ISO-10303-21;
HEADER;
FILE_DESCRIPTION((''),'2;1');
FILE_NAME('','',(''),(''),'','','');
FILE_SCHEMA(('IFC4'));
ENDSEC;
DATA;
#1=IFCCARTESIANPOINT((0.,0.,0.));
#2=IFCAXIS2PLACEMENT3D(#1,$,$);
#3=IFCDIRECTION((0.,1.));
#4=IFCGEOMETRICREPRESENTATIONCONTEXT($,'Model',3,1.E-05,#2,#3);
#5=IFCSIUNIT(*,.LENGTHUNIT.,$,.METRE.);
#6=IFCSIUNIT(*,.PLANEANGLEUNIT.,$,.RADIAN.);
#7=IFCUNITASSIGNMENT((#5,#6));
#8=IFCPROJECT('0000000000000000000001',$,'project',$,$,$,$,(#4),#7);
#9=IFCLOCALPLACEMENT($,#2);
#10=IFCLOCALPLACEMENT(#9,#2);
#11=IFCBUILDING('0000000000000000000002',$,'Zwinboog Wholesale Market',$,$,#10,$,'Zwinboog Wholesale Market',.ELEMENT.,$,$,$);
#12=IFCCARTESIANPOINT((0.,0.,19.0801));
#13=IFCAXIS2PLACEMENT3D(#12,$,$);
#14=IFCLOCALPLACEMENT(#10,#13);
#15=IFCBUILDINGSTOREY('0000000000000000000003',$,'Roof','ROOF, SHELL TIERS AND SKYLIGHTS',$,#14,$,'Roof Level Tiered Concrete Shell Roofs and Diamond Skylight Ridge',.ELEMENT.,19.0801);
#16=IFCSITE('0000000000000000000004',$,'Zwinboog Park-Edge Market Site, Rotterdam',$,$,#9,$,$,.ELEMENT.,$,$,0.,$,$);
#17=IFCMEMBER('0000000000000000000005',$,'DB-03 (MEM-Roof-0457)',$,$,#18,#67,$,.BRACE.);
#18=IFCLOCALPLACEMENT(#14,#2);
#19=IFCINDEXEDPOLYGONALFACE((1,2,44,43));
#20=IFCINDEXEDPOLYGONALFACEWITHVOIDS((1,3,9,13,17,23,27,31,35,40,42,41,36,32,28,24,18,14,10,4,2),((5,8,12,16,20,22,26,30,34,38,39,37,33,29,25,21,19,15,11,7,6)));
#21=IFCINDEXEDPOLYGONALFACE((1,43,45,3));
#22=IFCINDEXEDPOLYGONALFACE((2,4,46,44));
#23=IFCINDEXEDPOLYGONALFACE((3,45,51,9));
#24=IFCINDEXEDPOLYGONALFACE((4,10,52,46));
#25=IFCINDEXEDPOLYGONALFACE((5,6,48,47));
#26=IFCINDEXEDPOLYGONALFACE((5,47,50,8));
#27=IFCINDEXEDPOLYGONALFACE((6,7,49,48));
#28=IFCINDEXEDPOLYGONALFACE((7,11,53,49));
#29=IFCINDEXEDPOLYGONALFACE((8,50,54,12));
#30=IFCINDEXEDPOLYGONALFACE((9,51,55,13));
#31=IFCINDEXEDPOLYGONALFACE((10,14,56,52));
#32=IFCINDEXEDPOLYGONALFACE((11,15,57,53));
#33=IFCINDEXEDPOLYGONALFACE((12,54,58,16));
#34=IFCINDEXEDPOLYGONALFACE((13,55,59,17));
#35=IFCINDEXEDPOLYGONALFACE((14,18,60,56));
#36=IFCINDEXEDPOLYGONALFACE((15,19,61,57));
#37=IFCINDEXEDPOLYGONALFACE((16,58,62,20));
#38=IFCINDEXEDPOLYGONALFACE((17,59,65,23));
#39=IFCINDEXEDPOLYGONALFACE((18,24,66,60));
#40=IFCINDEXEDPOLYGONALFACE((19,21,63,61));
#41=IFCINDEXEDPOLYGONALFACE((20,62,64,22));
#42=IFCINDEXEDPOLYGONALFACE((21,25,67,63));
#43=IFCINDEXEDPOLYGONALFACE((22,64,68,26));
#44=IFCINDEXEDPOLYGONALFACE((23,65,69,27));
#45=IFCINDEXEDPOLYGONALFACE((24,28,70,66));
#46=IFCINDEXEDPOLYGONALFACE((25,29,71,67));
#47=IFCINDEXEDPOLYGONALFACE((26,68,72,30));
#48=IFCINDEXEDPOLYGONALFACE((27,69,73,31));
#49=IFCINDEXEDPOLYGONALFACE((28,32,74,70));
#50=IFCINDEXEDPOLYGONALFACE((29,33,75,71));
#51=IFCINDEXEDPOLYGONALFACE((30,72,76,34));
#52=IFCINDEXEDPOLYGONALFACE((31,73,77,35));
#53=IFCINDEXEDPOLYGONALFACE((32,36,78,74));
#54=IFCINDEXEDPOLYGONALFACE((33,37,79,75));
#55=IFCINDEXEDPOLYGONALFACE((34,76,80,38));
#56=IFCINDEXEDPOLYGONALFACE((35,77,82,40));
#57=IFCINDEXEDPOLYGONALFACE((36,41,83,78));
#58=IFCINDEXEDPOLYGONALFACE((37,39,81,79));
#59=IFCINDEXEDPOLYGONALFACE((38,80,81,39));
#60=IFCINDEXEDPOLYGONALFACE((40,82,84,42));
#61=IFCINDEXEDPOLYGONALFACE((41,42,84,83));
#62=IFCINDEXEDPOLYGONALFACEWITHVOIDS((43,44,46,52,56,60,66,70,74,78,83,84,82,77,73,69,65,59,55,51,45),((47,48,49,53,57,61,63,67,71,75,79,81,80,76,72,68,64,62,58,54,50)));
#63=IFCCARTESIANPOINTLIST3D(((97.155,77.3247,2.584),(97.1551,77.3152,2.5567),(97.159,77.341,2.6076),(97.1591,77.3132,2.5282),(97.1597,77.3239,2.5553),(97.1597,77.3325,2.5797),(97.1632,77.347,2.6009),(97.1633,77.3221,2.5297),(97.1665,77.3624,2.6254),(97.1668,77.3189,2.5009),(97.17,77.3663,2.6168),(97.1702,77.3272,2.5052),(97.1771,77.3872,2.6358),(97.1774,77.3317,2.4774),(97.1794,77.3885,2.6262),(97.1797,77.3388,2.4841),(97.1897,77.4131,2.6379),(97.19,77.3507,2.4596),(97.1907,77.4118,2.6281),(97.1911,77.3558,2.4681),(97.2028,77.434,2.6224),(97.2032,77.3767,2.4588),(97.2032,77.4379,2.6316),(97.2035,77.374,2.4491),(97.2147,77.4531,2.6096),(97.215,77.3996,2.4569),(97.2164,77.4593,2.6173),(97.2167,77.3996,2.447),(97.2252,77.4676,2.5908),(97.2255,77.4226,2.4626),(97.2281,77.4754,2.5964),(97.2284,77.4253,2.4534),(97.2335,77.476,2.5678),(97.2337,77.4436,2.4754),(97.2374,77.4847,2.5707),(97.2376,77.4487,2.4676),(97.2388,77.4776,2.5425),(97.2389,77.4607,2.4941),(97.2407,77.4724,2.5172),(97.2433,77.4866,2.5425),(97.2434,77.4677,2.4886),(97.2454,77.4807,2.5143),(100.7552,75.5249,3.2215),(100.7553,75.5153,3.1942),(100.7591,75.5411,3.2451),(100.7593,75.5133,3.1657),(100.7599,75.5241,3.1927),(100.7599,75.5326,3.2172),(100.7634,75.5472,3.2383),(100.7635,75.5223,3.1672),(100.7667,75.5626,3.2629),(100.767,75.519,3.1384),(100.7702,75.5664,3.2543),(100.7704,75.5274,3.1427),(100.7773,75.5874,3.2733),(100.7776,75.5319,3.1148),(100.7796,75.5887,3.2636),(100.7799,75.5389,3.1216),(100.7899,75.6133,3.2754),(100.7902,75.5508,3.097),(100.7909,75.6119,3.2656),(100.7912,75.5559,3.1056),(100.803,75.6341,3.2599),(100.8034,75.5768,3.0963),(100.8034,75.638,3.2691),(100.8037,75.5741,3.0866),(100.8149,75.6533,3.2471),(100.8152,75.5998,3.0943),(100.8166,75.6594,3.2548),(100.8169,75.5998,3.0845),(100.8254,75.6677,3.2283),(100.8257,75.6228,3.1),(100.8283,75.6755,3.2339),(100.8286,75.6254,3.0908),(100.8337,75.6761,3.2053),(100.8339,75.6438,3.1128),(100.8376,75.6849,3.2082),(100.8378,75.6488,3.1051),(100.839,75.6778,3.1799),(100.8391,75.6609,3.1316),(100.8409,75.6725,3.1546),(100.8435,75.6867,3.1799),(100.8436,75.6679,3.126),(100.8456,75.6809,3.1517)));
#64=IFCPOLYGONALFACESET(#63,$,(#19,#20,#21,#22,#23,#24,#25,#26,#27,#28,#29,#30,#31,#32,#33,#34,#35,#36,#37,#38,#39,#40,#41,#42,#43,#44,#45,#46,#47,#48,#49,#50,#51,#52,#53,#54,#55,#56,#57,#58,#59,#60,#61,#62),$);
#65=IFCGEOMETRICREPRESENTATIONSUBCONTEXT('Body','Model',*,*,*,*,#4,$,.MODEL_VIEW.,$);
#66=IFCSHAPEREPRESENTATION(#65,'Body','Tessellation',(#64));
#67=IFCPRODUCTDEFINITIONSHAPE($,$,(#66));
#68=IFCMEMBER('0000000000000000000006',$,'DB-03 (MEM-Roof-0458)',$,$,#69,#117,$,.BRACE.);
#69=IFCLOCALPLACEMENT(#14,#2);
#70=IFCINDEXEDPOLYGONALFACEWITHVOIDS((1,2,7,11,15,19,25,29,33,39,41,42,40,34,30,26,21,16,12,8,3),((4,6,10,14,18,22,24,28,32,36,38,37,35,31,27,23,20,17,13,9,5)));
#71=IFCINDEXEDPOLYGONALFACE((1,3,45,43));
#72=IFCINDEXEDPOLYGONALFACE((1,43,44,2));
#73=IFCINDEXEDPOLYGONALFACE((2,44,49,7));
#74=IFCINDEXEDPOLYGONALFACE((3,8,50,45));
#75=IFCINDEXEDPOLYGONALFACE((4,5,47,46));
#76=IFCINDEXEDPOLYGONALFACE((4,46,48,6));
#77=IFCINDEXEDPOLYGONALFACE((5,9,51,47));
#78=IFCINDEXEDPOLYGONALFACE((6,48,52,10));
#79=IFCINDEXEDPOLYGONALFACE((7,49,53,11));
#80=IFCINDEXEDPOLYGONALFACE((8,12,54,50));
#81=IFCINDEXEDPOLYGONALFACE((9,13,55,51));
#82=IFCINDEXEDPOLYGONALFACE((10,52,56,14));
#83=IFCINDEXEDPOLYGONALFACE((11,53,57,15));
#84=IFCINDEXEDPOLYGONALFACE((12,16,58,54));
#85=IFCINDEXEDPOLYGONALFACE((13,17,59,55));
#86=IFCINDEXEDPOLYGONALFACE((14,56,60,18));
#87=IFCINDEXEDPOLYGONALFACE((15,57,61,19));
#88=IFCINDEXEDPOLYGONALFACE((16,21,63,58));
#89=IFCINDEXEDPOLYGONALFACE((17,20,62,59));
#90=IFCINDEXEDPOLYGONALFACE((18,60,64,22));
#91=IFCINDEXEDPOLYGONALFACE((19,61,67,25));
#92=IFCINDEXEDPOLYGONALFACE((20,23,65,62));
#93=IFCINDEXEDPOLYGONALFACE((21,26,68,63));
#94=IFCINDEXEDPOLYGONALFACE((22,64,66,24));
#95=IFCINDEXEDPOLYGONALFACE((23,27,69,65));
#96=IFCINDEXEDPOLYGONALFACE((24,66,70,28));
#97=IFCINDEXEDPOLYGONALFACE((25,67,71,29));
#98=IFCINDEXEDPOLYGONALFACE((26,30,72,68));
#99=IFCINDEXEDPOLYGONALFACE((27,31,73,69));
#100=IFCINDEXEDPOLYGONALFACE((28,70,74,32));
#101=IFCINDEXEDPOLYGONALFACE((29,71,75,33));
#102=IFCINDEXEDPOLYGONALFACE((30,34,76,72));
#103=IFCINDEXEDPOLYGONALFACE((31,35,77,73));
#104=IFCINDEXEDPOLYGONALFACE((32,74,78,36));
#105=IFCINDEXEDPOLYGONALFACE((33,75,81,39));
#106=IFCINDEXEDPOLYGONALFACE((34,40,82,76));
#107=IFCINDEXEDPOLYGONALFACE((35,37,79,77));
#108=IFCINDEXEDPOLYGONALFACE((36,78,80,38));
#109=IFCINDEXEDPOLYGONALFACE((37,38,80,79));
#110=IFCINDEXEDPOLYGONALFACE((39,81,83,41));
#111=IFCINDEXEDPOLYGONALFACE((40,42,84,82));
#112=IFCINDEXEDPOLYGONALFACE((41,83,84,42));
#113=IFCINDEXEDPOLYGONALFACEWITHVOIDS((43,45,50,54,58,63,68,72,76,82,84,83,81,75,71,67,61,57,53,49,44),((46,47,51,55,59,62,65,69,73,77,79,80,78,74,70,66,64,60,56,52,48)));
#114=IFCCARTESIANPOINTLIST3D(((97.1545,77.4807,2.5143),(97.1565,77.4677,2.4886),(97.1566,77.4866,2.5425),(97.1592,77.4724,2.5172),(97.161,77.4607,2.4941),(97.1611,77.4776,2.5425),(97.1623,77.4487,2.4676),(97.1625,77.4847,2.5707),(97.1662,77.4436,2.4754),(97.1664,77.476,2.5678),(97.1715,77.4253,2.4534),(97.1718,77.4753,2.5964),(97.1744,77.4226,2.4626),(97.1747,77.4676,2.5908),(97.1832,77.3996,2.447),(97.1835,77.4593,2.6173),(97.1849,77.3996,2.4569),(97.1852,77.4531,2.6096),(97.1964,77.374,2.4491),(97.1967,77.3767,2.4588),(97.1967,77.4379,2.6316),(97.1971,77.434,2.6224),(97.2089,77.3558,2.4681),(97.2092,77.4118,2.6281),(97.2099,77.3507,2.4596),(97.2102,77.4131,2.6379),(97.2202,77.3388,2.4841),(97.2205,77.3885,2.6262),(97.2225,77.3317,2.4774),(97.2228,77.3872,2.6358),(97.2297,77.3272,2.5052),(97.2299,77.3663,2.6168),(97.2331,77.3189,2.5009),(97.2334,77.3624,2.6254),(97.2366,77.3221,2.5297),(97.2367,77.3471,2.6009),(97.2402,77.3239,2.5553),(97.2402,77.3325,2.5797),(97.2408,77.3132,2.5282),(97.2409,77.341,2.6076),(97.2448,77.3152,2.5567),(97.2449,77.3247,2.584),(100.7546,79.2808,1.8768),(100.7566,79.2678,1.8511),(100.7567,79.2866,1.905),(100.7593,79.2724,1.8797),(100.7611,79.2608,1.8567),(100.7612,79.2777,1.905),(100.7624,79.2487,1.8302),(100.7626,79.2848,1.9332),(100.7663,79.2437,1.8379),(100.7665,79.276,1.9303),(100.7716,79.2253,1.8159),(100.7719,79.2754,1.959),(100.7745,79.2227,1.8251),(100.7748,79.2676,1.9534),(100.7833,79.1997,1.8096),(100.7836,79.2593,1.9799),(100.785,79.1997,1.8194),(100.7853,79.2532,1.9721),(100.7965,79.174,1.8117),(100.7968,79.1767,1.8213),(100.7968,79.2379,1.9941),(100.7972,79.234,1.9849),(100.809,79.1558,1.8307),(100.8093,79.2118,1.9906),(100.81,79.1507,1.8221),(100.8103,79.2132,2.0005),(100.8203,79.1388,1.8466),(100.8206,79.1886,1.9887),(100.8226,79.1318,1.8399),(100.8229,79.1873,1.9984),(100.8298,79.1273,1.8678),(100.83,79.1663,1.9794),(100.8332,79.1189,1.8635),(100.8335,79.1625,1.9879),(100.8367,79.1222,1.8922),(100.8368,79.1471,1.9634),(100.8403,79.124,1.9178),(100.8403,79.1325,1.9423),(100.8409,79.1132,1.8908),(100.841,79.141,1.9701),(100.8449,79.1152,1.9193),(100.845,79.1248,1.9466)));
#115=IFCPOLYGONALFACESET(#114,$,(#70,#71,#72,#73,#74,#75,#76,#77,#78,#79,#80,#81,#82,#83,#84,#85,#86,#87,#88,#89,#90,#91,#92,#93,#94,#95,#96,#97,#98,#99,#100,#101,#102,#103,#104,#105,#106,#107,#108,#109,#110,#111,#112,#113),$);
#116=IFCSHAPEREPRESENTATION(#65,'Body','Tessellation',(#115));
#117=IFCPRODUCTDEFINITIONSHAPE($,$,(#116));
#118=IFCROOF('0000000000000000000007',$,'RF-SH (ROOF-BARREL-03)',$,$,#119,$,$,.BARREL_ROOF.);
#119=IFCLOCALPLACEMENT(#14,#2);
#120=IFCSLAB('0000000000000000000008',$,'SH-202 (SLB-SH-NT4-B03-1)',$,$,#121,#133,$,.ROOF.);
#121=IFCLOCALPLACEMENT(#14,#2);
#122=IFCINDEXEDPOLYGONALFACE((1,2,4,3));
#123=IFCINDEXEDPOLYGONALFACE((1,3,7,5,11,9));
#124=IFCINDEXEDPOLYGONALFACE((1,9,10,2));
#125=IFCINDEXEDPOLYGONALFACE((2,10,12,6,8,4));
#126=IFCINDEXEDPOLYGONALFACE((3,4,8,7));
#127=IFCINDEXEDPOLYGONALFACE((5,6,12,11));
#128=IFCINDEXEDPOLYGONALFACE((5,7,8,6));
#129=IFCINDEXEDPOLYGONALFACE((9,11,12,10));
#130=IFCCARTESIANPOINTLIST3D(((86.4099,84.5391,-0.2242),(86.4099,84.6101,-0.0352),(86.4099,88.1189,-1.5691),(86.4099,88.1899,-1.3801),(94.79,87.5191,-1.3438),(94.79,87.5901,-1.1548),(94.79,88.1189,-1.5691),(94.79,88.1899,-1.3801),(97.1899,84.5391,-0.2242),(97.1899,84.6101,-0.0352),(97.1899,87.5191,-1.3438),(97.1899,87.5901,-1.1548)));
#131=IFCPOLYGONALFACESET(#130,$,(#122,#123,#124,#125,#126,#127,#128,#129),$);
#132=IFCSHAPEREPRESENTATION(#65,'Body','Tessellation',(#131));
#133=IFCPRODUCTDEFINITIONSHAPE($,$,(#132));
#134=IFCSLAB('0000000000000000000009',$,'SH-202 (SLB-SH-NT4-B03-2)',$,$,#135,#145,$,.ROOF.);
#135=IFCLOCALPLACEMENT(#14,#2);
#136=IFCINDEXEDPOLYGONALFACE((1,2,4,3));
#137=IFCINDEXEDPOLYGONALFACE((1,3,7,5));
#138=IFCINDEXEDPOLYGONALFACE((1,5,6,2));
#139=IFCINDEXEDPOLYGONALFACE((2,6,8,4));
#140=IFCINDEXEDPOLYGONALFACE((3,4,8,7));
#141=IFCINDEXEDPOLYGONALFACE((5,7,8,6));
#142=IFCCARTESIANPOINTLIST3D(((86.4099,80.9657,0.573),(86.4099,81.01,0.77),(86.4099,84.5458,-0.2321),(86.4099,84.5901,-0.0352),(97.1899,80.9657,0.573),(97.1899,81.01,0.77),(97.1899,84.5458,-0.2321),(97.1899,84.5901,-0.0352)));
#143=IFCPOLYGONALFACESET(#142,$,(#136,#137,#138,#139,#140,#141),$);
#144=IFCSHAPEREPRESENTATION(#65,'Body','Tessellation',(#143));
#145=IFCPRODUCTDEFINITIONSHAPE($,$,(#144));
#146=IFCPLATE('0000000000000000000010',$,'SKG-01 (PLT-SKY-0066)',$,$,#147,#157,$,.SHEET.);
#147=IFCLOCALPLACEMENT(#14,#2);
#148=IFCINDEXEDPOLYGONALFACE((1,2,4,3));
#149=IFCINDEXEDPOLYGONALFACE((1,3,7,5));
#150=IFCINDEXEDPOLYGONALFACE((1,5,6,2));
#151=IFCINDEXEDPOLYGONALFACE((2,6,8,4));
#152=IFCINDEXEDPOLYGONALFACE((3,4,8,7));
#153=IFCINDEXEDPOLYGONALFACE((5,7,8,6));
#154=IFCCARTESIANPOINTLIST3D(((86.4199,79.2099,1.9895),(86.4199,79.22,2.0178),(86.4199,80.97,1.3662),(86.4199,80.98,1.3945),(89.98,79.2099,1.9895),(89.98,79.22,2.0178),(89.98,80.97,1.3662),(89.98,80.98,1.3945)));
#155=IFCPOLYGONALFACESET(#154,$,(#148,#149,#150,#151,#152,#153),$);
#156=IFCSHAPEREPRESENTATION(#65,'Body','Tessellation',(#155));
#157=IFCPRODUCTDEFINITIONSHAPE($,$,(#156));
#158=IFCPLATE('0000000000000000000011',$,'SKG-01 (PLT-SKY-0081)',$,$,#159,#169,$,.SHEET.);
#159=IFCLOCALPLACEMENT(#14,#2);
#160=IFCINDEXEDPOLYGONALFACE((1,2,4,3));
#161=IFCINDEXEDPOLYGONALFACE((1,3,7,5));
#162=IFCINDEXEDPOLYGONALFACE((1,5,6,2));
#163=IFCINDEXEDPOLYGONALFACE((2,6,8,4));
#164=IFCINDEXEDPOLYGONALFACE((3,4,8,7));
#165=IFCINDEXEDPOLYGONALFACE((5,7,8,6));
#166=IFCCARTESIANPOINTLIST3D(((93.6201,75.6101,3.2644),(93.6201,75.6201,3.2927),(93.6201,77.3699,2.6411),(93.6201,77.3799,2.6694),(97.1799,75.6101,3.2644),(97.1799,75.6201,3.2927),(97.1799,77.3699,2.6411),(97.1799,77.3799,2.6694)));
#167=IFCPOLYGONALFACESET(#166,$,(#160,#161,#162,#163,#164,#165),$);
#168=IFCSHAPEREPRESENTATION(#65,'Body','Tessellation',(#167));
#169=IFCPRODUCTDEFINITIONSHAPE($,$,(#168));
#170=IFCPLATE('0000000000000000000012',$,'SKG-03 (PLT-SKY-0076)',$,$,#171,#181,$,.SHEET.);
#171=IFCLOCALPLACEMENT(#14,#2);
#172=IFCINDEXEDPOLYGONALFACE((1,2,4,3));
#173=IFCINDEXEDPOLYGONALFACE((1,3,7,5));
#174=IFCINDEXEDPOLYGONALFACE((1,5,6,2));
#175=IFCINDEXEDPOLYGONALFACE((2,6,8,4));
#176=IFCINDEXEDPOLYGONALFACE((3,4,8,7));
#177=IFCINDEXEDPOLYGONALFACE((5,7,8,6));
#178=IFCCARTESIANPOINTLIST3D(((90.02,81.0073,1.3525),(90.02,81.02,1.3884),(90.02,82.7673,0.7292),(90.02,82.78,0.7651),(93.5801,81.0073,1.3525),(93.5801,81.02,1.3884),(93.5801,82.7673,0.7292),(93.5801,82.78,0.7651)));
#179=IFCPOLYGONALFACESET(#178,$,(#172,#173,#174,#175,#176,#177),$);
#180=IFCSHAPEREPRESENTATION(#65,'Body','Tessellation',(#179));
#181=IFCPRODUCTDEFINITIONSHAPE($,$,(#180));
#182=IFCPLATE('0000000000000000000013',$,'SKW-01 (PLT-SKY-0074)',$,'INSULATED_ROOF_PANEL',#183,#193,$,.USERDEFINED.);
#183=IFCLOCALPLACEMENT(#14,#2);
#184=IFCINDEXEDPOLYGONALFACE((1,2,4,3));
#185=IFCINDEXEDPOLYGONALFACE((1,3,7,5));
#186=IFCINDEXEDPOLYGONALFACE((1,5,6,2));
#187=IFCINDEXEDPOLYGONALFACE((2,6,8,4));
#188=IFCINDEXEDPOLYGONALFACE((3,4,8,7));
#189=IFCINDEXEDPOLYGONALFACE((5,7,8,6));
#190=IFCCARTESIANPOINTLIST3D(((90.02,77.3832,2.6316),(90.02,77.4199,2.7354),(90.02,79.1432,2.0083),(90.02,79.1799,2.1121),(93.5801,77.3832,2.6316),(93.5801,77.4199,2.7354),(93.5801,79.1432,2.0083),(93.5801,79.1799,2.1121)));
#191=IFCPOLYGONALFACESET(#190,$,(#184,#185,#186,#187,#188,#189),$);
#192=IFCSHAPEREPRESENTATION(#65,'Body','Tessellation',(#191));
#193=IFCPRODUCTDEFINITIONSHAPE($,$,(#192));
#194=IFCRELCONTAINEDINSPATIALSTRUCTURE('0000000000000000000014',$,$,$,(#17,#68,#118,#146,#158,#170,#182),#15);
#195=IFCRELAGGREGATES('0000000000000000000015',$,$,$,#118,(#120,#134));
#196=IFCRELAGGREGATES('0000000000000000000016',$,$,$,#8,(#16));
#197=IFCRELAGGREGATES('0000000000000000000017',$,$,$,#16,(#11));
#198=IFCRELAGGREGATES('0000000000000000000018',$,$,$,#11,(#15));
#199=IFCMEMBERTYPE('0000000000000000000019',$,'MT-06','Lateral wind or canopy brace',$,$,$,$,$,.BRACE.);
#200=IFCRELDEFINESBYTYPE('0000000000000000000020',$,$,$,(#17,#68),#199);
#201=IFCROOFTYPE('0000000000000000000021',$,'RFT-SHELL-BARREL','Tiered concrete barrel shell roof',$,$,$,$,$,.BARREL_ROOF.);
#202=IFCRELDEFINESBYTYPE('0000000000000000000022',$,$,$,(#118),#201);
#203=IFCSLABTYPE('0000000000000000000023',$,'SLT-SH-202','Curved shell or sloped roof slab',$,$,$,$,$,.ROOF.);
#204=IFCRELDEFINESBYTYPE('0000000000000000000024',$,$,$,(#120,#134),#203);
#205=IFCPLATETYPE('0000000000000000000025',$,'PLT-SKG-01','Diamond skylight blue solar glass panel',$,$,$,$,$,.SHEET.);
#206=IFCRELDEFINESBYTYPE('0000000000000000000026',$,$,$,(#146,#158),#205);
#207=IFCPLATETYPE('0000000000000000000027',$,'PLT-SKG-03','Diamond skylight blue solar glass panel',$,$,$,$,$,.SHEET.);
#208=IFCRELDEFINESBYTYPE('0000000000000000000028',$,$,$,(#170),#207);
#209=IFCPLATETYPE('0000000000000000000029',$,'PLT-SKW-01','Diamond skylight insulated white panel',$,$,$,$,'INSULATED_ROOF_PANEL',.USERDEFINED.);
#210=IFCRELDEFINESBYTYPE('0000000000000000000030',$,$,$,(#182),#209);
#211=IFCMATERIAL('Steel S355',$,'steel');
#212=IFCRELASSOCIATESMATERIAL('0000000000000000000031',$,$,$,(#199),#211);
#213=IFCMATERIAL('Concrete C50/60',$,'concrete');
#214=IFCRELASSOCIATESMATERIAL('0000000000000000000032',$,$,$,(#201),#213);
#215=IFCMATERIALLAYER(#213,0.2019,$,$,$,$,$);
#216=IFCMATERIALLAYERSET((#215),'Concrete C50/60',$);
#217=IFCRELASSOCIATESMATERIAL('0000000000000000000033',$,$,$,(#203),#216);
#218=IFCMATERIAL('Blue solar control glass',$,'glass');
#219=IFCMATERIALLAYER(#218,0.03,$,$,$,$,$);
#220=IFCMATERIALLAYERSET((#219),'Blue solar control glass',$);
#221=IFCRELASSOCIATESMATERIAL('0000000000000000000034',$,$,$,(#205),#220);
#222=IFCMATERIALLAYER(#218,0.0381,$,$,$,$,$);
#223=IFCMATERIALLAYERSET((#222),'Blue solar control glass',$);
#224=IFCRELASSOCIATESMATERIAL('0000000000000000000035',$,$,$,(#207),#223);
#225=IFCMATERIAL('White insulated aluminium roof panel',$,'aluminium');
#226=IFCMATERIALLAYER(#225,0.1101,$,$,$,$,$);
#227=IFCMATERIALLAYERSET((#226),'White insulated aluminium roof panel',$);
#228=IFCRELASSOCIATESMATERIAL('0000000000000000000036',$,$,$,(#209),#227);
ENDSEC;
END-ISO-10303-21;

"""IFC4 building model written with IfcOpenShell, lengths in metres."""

from ifc_helpers import new_model, si_unit, direction, frame, origin, origin_2d, place, context, subcontext, project, spatial, polyline, hollow_circle, outline, extrude, material, layer, layer_set, material_profile, profile_set, type_object, element, aggregate, save


model = new_model("IFC4")

# Units and contexts
model_context = context("Model", 3, precision=1e-05, world=origin(), true_north=direction((0.0, 1.0)))
body_context = subcontext(model_context, "Body", "Model", "MODEL_VIEW")
ifc_project = project(units=[si_unit("LENGTHUNIT", "METRE"), si_unit("PLANEANGLEUNIT", "RADIAN")], contexts=[model_context])

# Site, building, storey
site_placement = place(None, origin())
site = spatial("IfcSite", under=ifc_project, at=site_placement, Name="Zwinboog Park-Edge Market Site, Rotterdam", CompositionType="ELEMENT", RefElevation=0.0)
building_placement = place(site_placement, origin())
building = spatial("IfcBuilding", under=site, at=building_placement, Name="Zwinboog Wholesale Market", LongName="Zwinboog Wholesale Market", CompositionType="ELEMENT")
storey_placement = place(building_placement, frame((0.0, 0.0, 19.0801)))
storey = spatial("IfcBuildingStorey", under=building, at=storey_placement, Name="Roof", Description="ROOF, SHELL TIERS AND SKYLIGHTS", LongName="Roof Level Tiered Concrete Shell Roofs and Diamond Skylight Ridge", CompositionType="ELEMENT", Elevation=19.0801)

# Members
ifc_material_1 = material(Name="Steel S355", Category="steel")
ifc_material_profile_1 = material_profile(ifc_material_1, hollow_circle(Radius=0.0969, WallThickness=0.01, at=origin_2d()), Name="CHS 193.7x10")
ifc_profile_set_1 = profile_set([ifc_material_profile_1], Name="Steel S355")
member_type_1 = type_object("IfcMemberType", Name="MT-06", Description="Lateral wind or canopy brace", PredefinedType="BRACE", material=ifc_profile_set_1)
for number, where, z_axis, x_axis, name in (
    (1, (97.2, 77.3999, 2.5425), (0.88344, -0.44166, 0.156426), (0.447165, 0.894451, 0.0), "DB-03 (MEM-Roof-0457)"),
    (2, (97.2, 77.3999, 2.5425), (0.883417, 0.441709, -0.156422), (-0.447214, 0.894427, 0.0), "DB-03 (MEM-Roof-0458)"),
):
    element("IfcMember", number, at=place(storey_placement, frame(where, z_axis=z_axis, x_axis=x_axis)), inside=storey, type_object=member_type_1, Name=name, PredefinedType="BRACE", context=body_context, shape_type="SweptSolid", body=[
        extrude(hollow_circle(Radius=0.0969, WallThickness=0.01, at=origin_2d()), origin(), (0.0, 0.0, 1.0), 4.0752),
    ])

# Roof, slabs
ifc_material_2 = material(Name="Concrete C50/60", Category="concrete")
roof_type = type_object("IfcRoofType", Name="RFT-SHELL-BARREL", Description="Tiered concrete barrel shell roof", PredefinedType="BARREL_ROOF", material=ifc_material_2)
roof_placement = place(storey_placement, origin())
roof = element("IfcRoof", 3, at=roof_placement, inside=storey, type_object=roof_type, Name="RF-SH (ROOF-BARREL-03)", PredefinedType="BARREL_ROOF")
ifc_layer_1 = layer(ifc_material_2, 0.2019)
ifc_layer_set_1 = layer_set([ifc_layer_1], Name="Concrete C50/60")
slab_type = type_object("IfcSlabType", Name="SLT-SH-202", Description="Curved shell or sloped roof slab", PredefinedType="ROOF", material=ifc_layer_set_1)
slab_1_placement = place(storey_placement, frame((86.4099, 84.6101, -0.0352), z_axis=(0.000001, 0.351706, 0.936111), x_axis=(1.0, 0.0, -0.000001)))
slab_1 = element("IfcSlab", 4, at=slab_1_placement, type_object=slab_type, Name="SH-202 (SLB-SH-NT4-B03-1)", PredefinedType="ROOF", context=body_context, shape_type="SweptSolid", body=[
    extrude(outline(polyline([(0.0, 0.0), (10.78, 0.0), (10.78, 3.1834), (8.3801, 3.1834), (8.3801, 3.8242), (0.0, 3.8242), (0.0, 0.0)])), origin(), (0.0, 0.0, -1.0), 0.2019),
])
slab_2_placement = place(storey_placement, frame((86.4099, 81.01, 0.77), z_axis=(0.0, 0.219424, 0.97563), x_axis=(1.0, 0.0, 0.0)))
slab_2 = element("IfcSlab", 5, at=slab_2_placement, type_object=slab_type, Name="SH-202 (SLB-SH-NT4-B03-2)", PredefinedType="ROOF", context=body_context, shape_type="SweptSolid", body=[
    extrude(outline(polyline([(0.0, 0.0), (10.78, 0.0), (10.78, 3.6695), (0.0, 3.6695), (0.0, 0.0)])), origin(), (0.0, 0.0, -1.0), 0.2019),
])
aggregate(roof, [slab_1, slab_2])

# Plates
ifc_material_3 = material(Name="Blue solar control glass", Category="glass")
ifc_layer_2 = layer(ifc_material_3, 0.03)
ifc_layer_set_2 = layer_set([ifc_layer_2], Name="Blue solar control glass")
plate_type_1 = type_object("IfcPlateType", Name="PLT-SKG-01", Description="Diamond skylight blue solar glass panel", PredefinedType="SHEET", material=ifc_layer_set_2)
plate_1_placement = place(storey_placement, frame((86.4199, 79.22, 2.0178), z_axis=(0.0, 0.333825, 0.942635), x_axis=(1.0, 0.0, 0.0)))
element("IfcPlate", 6, at=plate_1_placement, inside=storey, type_object=plate_type_1, Name="SKG-01 (PLT-SKY-0066)", PredefinedType="SHEET", context=body_context, shape_type="SweptSolid", body=[
    extrude(outline(polyline([(0.0, 0.0), (3.5601, 0.0), (3.5601, 1.8671), (0.0, 1.8671), (0.0, 0.0)])), origin(), (0.0, 0.0, -1.0), 0.03),
])
plate_2_placement = place(storey_placement, frame((93.6201, 75.6201, 3.2927), z_axis=(0.0, 0.333867, 0.94262), x_axis=(1.0, 0.0, 0.0)))
element("IfcPlate", 7, at=plate_2_placement, inside=storey, type_object=plate_type_1, Name="SKG-01 (PLT-SKY-0081)", PredefinedType="SHEET", context=body_context, shape_type="SweptSolid", body=[
    extrude(outline(polyline([(0.0, 0.0), (3.5598, 0.0), (3.5598, 1.8669), (0.0, 1.8669), (0.0, 0.0)])), origin(), (0.0, 0.0, -1.0), 0.03),
])
ifc_layer_3 = layer(ifc_material_3, 0.0381)
ifc_layer_set_3 = layer_set([ifc_layer_3], Name="Blue solar control glass")
plate_type_2 = type_object("IfcPlateType", Name="PLT-SKG-03", Description="Diamond skylight blue solar glass panel", PredefinedType="SHEET", material=ifc_layer_set_3)
plate_3_placement = place(storey_placement, frame((90.02, 81.02, 1.3884), z_axis=(0.0, 0.333825, 0.942635), x_axis=(1.0, 0.0, 0.0)))
element("IfcPlate", 8, at=plate_3_placement, inside=storey, type_object=plate_type_2, Name="SKG-03 (PLT-SKY-0076)", PredefinedType="SHEET", context=body_context, shape_type="SweptSolid", body=[
    extrude(outline(polyline([(0.0, 0.0), (3.5601, 0.0), (3.5601, 1.8671), (0.0, 1.8671), (0.0, 0.0)])), origin(), (0.0, 0.0, -1.0), 0.0381),
])
ifc_material_4 = material(Name="White insulated aluminium roof panel", Category="aluminium")
ifc_layer_4 = layer(ifc_material_4, 0.1101)
ifc_layer_set_4 = layer_set([ifc_layer_4], Name="White insulated aluminium roof panel")
plate_type_3 = type_object("IfcPlateType", Name="PLT-SKW-01", Description="Diamond skylight insulated white panel", ElementType="INSULATED_ROOF_PANEL", PredefinedType="USERDEFINED", material=ifc_layer_set_4)
plate_4_placement = place(storey_placement, frame((90.02, 77.4199, 2.7354), z_axis=(0.0, 0.333825, 0.942635), x_axis=(1.0, 0.0, 0.0)))
element("IfcPlate", 9, at=plate_4_placement, inside=storey, type_object=plate_type_3, Name="SKW-01 (PLT-SKY-0074)", ObjectType="INSULATED_ROOF_PANEL", PredefinedType="USERDEFINED", context=body_context, shape_type="SweptSolid", body=[
    extrude(outline(polyline([(0.0, 0.0), (3.5601, 0.0), (3.5601, 1.8671), (0.0, 1.8671), (0.0, 0.0)])), origin(), (0.0, 0.0, -1.0), 0.1101),
])

save(model, "model.ifc")
